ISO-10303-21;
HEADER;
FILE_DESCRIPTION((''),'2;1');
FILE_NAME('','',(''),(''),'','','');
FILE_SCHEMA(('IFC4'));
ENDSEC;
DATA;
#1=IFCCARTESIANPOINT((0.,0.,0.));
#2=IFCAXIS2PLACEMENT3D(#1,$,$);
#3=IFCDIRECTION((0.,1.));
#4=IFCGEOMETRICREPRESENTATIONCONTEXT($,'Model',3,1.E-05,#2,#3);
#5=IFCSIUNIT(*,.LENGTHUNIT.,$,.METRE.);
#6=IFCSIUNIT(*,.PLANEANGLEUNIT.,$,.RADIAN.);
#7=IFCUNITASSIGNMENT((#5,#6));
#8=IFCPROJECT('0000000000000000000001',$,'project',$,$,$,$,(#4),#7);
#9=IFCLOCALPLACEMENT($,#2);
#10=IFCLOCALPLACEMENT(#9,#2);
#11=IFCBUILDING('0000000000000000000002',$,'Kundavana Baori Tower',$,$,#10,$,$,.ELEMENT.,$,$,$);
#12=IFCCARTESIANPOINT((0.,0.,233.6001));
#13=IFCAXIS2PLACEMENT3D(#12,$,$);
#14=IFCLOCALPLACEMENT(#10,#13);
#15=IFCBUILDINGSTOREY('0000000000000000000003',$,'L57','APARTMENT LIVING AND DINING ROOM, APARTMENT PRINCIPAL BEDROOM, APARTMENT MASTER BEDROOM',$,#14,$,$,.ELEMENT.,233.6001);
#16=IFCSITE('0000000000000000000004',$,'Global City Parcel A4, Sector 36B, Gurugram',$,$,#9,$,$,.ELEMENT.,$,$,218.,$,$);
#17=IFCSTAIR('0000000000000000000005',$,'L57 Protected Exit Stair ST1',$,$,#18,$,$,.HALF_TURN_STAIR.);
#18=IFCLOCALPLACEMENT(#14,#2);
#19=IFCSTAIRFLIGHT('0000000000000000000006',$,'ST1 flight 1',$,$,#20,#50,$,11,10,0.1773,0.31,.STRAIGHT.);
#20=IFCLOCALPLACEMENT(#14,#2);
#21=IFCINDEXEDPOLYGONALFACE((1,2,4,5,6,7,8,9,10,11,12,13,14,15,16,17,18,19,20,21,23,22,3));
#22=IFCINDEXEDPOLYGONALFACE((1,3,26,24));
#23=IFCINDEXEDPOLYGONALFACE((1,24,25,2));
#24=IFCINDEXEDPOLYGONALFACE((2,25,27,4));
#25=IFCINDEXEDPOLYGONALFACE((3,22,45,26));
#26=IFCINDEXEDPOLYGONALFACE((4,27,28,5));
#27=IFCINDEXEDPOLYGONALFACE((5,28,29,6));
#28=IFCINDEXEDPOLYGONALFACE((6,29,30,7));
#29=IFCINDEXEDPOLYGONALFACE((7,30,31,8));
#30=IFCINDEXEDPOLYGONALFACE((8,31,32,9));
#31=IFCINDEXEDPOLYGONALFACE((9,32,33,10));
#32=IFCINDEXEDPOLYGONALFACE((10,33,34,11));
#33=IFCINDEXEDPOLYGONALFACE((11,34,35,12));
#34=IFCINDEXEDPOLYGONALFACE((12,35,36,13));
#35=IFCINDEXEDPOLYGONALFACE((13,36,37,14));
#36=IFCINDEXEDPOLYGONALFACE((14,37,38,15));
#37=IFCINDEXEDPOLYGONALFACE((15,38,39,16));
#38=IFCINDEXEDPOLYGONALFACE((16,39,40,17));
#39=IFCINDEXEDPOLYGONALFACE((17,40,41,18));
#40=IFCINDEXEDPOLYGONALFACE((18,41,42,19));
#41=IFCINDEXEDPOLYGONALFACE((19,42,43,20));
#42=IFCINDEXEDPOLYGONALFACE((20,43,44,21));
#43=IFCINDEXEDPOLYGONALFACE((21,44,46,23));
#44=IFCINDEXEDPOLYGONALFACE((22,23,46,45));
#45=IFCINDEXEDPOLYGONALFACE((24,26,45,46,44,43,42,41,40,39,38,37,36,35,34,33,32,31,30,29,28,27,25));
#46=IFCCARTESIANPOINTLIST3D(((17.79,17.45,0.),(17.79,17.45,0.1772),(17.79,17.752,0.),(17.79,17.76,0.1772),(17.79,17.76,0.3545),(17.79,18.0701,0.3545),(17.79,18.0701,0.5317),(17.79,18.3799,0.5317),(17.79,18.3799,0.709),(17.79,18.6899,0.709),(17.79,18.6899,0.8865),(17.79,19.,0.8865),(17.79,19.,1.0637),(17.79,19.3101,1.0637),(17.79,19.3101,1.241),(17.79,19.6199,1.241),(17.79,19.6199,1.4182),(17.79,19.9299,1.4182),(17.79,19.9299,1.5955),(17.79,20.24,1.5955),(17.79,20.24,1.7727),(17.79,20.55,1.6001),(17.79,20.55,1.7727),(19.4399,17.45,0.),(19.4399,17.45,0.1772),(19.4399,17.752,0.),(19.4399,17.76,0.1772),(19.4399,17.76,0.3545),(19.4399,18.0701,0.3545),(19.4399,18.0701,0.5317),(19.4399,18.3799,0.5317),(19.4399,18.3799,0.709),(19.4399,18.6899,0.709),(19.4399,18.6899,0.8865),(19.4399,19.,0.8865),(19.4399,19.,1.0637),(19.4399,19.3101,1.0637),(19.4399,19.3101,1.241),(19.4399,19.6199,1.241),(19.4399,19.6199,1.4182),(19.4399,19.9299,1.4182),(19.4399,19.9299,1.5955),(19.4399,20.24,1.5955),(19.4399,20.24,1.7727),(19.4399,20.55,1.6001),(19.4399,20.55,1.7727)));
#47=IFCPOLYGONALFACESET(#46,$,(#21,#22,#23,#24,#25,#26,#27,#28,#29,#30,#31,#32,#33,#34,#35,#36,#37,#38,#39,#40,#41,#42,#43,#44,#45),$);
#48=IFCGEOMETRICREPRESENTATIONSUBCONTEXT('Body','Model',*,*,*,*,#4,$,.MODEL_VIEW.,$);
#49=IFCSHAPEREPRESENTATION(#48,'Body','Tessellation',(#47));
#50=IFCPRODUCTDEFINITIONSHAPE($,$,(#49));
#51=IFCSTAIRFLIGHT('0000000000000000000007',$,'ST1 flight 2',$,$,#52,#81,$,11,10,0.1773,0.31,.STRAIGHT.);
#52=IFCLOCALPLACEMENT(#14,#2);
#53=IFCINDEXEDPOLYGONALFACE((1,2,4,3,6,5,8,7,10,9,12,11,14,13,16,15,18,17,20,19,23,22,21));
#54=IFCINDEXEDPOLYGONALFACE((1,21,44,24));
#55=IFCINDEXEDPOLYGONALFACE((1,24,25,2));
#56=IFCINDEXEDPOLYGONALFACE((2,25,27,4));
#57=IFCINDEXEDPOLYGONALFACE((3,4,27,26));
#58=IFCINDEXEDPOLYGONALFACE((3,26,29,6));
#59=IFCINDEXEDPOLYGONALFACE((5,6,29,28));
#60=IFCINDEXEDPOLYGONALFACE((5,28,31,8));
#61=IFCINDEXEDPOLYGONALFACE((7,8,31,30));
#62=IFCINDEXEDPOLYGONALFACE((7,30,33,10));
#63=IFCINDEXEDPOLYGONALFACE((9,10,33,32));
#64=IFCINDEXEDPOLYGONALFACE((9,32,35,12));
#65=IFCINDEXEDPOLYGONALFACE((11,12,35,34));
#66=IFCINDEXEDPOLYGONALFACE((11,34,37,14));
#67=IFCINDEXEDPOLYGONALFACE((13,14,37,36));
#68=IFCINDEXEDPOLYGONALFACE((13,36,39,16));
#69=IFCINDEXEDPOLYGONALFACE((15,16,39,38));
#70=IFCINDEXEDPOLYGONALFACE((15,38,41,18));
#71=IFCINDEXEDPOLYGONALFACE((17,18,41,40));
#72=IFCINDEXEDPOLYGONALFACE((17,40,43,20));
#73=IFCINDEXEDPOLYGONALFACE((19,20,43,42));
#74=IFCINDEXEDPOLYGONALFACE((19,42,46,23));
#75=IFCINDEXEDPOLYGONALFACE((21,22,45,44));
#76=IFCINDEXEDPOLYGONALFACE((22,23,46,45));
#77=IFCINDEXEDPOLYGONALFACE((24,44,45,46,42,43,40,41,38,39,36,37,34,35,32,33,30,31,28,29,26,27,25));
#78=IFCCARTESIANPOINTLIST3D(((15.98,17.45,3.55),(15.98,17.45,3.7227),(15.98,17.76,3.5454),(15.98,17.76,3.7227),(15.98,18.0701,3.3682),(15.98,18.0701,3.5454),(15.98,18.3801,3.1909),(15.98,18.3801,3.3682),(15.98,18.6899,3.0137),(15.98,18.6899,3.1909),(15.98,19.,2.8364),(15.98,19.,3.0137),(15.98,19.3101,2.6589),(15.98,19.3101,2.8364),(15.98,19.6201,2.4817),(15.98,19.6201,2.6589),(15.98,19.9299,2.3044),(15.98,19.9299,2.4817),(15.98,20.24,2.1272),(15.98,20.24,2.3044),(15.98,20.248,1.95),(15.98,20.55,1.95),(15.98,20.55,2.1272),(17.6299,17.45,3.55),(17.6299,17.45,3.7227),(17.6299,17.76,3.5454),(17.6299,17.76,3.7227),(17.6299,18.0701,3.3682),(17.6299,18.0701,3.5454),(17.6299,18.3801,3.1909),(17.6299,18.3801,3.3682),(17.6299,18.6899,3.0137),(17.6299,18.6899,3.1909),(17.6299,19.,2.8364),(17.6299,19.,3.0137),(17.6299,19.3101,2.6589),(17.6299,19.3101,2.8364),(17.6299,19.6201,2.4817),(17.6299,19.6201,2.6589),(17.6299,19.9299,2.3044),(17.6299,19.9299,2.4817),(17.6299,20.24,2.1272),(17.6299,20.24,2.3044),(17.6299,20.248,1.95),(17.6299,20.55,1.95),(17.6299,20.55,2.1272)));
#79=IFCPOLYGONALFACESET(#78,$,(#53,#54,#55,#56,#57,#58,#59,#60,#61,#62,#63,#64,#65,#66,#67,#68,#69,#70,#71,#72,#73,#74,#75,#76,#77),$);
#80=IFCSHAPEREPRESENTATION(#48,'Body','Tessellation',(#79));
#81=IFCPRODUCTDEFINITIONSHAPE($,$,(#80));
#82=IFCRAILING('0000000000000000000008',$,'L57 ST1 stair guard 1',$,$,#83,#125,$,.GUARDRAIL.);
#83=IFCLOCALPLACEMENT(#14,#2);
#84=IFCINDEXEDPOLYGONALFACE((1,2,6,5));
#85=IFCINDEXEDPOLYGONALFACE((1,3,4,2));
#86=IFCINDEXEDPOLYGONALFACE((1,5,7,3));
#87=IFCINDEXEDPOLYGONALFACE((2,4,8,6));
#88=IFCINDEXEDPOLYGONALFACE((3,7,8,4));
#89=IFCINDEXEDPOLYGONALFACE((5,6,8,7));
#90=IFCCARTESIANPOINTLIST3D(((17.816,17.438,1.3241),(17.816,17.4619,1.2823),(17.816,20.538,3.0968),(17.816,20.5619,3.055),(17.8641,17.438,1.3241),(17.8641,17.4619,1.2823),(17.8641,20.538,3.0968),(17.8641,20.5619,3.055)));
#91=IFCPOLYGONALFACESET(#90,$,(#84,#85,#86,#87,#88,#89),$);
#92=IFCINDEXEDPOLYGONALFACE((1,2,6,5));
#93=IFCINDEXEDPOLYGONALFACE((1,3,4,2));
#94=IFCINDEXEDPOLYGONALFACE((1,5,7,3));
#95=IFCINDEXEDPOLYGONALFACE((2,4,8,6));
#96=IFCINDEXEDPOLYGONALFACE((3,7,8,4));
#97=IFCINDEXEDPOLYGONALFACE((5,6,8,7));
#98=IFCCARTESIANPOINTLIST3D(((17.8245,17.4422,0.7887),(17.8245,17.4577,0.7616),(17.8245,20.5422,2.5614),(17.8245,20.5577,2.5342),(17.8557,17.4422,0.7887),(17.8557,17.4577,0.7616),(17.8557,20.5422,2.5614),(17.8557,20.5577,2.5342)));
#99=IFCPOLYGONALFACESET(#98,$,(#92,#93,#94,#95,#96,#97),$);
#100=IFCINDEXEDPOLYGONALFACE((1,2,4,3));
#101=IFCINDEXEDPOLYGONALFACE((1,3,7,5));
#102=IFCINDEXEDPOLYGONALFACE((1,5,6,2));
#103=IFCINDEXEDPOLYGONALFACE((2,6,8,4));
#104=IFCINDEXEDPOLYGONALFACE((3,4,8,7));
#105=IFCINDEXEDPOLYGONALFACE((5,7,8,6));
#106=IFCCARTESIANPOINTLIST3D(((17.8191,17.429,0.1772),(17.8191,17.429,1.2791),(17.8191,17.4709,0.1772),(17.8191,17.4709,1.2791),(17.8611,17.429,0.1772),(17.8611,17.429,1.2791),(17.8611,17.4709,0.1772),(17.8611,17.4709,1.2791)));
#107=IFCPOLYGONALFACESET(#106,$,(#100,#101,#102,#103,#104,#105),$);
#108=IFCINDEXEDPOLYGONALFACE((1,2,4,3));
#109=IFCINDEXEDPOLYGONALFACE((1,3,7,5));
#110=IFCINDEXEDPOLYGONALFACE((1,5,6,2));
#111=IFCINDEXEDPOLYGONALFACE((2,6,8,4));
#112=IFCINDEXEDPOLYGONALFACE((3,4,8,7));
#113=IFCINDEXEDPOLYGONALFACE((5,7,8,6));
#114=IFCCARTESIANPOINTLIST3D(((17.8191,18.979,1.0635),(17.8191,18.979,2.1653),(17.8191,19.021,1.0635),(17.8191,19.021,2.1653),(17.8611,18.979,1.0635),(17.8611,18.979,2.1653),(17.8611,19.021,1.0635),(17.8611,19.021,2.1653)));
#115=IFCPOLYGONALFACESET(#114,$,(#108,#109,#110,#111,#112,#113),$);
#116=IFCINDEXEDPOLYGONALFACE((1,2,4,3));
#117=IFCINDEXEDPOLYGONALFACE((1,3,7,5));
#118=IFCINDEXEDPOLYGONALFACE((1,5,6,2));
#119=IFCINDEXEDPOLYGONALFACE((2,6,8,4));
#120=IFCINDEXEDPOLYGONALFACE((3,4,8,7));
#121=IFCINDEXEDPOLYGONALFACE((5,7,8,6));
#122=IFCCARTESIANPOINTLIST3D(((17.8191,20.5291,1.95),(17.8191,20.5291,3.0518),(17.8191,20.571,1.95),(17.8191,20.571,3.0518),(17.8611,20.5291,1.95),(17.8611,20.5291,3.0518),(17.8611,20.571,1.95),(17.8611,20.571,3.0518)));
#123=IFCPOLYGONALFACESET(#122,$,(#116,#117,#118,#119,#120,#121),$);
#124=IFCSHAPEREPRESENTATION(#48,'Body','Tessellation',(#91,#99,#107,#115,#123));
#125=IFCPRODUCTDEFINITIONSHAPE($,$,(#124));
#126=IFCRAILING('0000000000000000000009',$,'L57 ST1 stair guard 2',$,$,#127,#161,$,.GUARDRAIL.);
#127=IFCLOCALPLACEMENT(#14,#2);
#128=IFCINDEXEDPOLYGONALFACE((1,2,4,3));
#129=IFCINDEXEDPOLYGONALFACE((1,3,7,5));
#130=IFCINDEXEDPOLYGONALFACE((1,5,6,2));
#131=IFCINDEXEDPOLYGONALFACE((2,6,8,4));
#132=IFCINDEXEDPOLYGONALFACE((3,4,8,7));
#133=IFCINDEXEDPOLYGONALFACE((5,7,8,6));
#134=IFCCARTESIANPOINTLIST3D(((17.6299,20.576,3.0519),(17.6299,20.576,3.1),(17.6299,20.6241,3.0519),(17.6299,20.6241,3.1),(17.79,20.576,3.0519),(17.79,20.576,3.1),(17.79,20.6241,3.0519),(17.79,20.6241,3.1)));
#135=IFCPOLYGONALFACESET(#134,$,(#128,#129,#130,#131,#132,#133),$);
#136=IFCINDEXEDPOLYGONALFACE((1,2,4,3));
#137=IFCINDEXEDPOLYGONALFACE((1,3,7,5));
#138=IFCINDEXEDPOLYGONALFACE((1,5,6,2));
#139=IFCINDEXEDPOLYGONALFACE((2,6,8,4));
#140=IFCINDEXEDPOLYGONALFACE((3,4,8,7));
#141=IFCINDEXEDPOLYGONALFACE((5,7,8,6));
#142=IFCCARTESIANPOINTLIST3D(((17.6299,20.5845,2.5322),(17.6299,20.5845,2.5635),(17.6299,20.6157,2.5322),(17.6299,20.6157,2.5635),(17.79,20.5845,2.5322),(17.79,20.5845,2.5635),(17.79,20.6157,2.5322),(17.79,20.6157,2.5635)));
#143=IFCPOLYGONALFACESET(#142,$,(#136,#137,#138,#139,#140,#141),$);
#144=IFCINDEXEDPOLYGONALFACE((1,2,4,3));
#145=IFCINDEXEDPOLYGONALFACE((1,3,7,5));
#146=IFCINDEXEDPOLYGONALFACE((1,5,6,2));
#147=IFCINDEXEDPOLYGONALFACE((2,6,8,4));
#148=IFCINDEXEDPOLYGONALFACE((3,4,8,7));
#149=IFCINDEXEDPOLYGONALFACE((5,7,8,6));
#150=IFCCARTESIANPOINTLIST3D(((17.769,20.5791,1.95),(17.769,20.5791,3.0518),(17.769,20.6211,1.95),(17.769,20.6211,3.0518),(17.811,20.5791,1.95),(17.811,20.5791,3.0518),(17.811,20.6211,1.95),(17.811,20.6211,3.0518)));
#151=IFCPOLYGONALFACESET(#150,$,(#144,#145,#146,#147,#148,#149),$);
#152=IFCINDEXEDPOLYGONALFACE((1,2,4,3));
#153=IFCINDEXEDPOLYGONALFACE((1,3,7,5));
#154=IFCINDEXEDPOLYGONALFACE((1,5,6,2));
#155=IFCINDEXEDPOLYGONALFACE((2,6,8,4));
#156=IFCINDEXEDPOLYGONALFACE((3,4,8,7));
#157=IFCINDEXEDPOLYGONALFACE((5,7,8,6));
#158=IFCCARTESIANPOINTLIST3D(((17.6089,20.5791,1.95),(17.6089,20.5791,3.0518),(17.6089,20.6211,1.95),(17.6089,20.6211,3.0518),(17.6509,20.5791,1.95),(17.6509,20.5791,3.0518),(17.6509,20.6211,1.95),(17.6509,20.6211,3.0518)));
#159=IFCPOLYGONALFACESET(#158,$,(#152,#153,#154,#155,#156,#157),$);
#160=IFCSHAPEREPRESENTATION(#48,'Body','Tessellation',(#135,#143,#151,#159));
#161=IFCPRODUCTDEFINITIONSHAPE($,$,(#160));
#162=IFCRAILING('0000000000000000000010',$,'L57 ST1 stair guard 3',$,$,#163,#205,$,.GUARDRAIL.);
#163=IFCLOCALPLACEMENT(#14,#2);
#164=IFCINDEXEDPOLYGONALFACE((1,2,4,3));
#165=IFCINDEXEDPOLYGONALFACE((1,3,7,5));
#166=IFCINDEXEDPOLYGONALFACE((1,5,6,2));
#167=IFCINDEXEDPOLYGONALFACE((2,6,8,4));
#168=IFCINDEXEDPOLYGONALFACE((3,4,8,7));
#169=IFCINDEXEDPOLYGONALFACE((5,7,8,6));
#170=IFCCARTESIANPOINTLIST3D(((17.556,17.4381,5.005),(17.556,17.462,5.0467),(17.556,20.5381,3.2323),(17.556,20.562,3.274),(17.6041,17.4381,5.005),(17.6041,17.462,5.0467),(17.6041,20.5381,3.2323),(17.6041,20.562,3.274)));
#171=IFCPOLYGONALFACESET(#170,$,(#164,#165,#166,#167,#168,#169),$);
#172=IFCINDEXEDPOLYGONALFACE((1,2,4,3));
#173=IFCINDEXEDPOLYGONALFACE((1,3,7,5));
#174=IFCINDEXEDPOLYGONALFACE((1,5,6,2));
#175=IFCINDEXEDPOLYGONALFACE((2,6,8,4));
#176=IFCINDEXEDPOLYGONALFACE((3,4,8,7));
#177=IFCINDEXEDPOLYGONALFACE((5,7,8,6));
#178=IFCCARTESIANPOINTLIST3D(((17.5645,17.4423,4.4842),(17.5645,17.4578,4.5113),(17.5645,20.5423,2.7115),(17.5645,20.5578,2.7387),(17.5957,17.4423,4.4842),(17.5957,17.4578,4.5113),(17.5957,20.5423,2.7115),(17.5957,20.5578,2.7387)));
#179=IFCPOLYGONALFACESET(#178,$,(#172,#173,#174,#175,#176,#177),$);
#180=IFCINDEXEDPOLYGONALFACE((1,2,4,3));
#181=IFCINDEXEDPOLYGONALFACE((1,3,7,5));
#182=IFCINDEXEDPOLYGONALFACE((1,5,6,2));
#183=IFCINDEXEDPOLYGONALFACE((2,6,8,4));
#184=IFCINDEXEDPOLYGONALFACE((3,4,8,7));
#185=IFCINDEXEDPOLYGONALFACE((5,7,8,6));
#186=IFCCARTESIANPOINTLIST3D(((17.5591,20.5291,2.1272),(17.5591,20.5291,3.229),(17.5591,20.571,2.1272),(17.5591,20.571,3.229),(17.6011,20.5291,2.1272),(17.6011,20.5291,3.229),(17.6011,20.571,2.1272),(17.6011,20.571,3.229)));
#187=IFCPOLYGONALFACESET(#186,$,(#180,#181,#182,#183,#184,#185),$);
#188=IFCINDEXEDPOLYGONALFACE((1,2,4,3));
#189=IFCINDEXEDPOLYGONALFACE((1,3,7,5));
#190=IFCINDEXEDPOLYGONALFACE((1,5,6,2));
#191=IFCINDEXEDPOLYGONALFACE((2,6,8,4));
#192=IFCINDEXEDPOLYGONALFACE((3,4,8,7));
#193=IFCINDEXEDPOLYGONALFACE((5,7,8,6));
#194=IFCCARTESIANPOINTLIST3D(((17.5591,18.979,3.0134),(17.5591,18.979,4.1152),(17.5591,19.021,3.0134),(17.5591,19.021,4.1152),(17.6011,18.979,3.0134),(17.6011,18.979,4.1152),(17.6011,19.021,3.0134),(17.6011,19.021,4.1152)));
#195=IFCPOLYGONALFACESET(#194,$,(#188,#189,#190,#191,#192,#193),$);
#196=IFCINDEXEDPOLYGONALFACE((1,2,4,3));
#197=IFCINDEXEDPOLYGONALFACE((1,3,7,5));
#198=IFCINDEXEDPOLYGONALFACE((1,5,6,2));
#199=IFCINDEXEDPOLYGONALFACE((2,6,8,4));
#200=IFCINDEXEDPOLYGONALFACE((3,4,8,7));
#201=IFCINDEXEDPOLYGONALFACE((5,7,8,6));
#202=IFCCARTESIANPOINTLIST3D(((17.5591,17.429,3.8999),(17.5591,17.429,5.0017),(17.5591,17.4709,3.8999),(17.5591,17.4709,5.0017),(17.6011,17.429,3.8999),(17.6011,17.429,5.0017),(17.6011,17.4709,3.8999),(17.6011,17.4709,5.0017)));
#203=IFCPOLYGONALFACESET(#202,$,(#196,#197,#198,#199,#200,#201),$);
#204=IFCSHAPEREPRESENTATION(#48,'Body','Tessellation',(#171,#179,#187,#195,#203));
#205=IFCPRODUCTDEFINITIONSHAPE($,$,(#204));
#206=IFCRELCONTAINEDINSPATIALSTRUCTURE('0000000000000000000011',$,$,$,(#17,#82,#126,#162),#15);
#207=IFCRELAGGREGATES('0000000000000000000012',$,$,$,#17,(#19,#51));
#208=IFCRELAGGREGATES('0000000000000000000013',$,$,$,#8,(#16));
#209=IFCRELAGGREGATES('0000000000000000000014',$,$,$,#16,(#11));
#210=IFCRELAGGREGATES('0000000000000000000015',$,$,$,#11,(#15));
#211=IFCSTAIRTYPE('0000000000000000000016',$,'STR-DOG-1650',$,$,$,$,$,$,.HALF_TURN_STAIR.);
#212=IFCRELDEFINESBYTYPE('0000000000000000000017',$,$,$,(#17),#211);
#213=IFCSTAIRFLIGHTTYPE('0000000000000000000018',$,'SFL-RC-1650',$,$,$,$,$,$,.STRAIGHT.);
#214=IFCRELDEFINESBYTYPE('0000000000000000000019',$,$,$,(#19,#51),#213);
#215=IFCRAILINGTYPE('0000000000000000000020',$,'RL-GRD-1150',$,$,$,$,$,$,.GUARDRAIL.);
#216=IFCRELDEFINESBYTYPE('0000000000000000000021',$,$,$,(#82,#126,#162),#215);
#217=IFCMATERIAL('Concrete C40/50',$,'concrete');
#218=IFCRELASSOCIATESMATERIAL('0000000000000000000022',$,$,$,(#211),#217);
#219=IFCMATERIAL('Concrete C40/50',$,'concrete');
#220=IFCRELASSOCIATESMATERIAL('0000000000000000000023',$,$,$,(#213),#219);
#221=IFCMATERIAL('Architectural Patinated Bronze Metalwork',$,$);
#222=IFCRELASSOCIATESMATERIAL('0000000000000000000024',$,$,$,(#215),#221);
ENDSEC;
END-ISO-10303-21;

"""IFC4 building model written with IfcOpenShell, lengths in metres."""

from ifc_helpers import new_model, si_unit, direction, frame, origin, origin_2d, place, context, subcontext, project, spatial, polyline, rectangle, outline, extrude, material, type_object, element, aggregate, save


model = new_model("IFC4")

# Units and contexts
model_context = context("Model", 3, precision=1e-05, world=origin(), true_north=direction((0.0, 1.0)))
body_context = subcontext(model_context, "Body", "Model", "MODEL_VIEW")
ifc_project = project(units=[si_unit("LENGTHUNIT", "METRE"), si_unit("PLANEANGLEUNIT", "RADIAN")], contexts=[model_context])

# Site, building, storey
site_placement = place(None, origin())
site = spatial("IfcSite", under=ifc_project, at=site_placement, Name="Global City Parcel A4, Sector 36B, Gurugram", CompositionType="ELEMENT", RefElevation=218.0)
building_placement = place(site_placement, origin())
building = spatial("IfcBuilding", under=site, at=building_placement, Name="Kundavana Baori Tower", CompositionType="ELEMENT")
storey_placement = place(building_placement, frame((0.0, 0.0, 233.6001)))
storey = spatial("IfcBuildingStorey", under=building, at=storey_placement, Name="L57", Description="APARTMENT LIVING AND DINING ROOM, APARTMENT PRINCIPAL BEDROOM, APARTMENT MASTER BEDROOM", CompositionType="ELEMENT", Elevation=233.6001)

# Stair, stair flights
ifc_material_1 = material(Name="Concrete C40/50", Category="concrete")
stair_type = type_object("IfcStairType", Name="STR-DOG-1650", PredefinedType="HALF_TURN_STAIR", material=ifc_material_1)
stair_placement = place(storey_placement, origin())
stair = element("IfcStair", 1, at=stair_placement, inside=storey, type_object=stair_type, Name="L57 Protected Exit Stair ST1", PredefinedType="HALF_TURN_STAIR")
ifc_material_2 = material(Name="Concrete C40/50", Category="concrete")
stair_flight_type = type_object("IfcStairFlightType", Name="SFL-RC-1650", PredefinedType="STRAIGHT", material=ifc_material_2)
stair_flight_1_placement = place(storey_placement, frame((18.615, 17.45, 0.0), z_axis=(0.0, 0.0, 1.0), x_axis=(0.0, 1.0, 0.0)))
stair_flight_1 = element("IfcStairFlight", 2, at=stair_flight_1_placement, type_object=stair_flight_type, Name="ST1 flight 1", NumberOfRisers=11, NumberOfTreads=10, PredefinedType="STRAIGHT", RiserHeight=0.1773, TreadLength=0.31, context=body_context, shape_type="SweptSolid", body=[
    extrude(outline(polyline([(0.0, 0.0), (0.0, 0.1772), (0.3101, 0.1772), (0.3101, 0.3545), (0.6201, 0.3545), (0.6201, 0.5317), (0.9299, 0.5317), (0.9299, 0.709), (1.24, 0.709), (1.24, 0.8865), (1.55, 0.8865), (1.55, 1.0637), (1.8601, 1.0637), (1.8601, 1.241), (2.1699, 1.241), (2.1699, 1.4182), (2.48, 1.4182), (2.48, 1.5955), (2.79, 1.5955), (2.79, 1.7727), (3.1001, 1.7727), (3.1001, 1.95), (3.1001, 1.6001), (0.302, 0.0), (0.0, 0.0)])), frame((0.0, 0.825, 0.0), z_axis=(0.0, -1.0, 0.0), x_axis=(1.0, 0.0, 0.0)), (0.0, 0.0, 1.0), 1.6499),
])
stair_flight_2_placement = place(storey_placement, frame((16.8049, 20.55, 1.95), z_axis=(0.0, 0.0, 1.0), x_axis=(0.0, -1.0, 0.0)))
stair_flight_2 = element("IfcStairFlight", 3, at=stair_flight_2_placement, type_object=stair_flight_type, Name="ST1 flight 2", NumberOfRisers=11, NumberOfTreads=10, PredefinedType="STRAIGHT", RiserHeight=0.1773, TreadLength=0.31, context=body_context, shape_type="SweptSolid", body=[
    extrude(outline(polyline([(0.0, 0.0), (0.0, 0.1772), (0.3101, 0.1772), (0.3101, 0.3545), (0.6201, 0.3545), (0.6201, 0.5317), (0.9299, 0.5317), (0.9299, 0.709), (1.24, 0.709), (1.24, 0.8865), (1.55, 0.8865), (1.55, 1.0637), (1.8601, 1.0637), (1.8601, 1.241), (2.1699, 1.241), (2.1699, 1.4182), (2.48, 1.4182), (2.48, 1.5955), (2.79, 1.5955), (2.79, 1.7727), (3.1001, 1.7727), (3.1001, 1.95), (3.1001, 1.6001), (0.302, 0.0), (0.0, 0.0)])), frame((0.0, 0.825, 0.0), z_axis=(0.0, -1.0, 0.0), x_axis=(1.0, 0.0, 0.0)), (0.0, 0.0, 1.0), 1.6499),
])
aggregate(stair, [stair_flight_1, stair_flight_2])

# Railings
ifc_material_3 = material(Name="Architectural Patinated Bronze Metalwork")
railing_type_1 = type_object("IfcRailingType", Name="RL-GRD-1150", PredefinedType="GUARDRAIL", material=ifc_material_3)
railing_1_placement = place(storey_placement, frame((17.8401, 17.45, 0.1772)))
element("IfcRailing", 4, at=railing_1_placement, inside=storey, type_object=railing_type_1, Name="L57 ST1 stair guard 1", PredefinedType="GUARDRAIL", context=body_context, shape_type="SweptSolid", body=[
    extrude(rectangle(XDim=0.0481, YDim=0.0481, at=origin_2d()), frame((0.0, 0.0, 1.126), z_axis=(0.0, 0.868096, 0.496397), x_axis=(-1.0, 0.0, 0.0)), (0.0, 0.0, 1.0), 3.571),
    extrude(rectangle(XDim=0.0312, YDim=0.0312, at=origin_2d()), frame((0.0, 0.0, 0.5979), z_axis=(0.0, 0.868096, 0.496397), x_axis=(-1.0, 0.0, 0.0)), (0.0, 0.0, 1.0), 3.571),
    extrude(rectangle(XDim=0.042, YDim=0.042, at=origin_2d()), origin(), (0.0, 0.0, 1.0), 1.1018),
    extrude(rectangle(XDim=0.042, YDim=0.042, at=origin_2d()), frame((0.0, 1.55, 0.8862)), (0.0, 0.0, 1.0), 1.1018),
    extrude(rectangle(XDim=0.042, YDim=0.042, at=origin_2d()), frame((0.0, 3.1001, 1.7727)), (0.0, 0.0, 1.0), 1.1018),
])
railing_2_placement = place(storey_placement, frame((17.79, 20.6001, 1.95)))
element("IfcRailing", 5, at=railing_2_placement, inside=storey, type_object=railing_type_1, Name="L57 ST1 stair guard 2", PredefinedType="GUARDRAIL", context=body_context, shape_type="SweptSolid", body=[
    extrude(rectangle(XDim=0.0481, YDim=0.0481, at=origin_2d()), frame((0.0, 0.0, 1.126), z_axis=(-1.0, 0.0, 0.0), x_axis=(0.0, -1.0, 0.0)), (0.0, 0.0, 1.0), 0.1602),
    extrude(rectangle(XDim=0.0312, YDim=0.0312, at=origin_2d()), frame((0.0, 0.0, 0.5979), z_axis=(-1.0, 0.0, 0.0), x_axis=(0.0, -1.0, 0.0)), (0.0, 0.0, 1.0), 0.1602),
    extrude(rectangle(XDim=0.042, YDim=0.042, at=origin_2d()), origin(), (0.0, 0.0, 1.0), 1.1018),
    extrude(rectangle(XDim=0.042, YDim=0.042, at=origin_2d()), frame((-0.1602, 0.0, 0.0)), (0.0, 0.0, 1.0), 1.1018),
])
railing_3_placement = place(storey_placement, frame((17.5801, 20.55, 2.1272)))
element("IfcRailing", 6, at=railing_3_placement, inside=storey, type_object=railing_type_1, Name="L57 ST1 stair guard 3", PredefinedType="GUARDRAIL", context=body_context, shape_type="SweptSolid", body=[
    extrude(rectangle(XDim=0.0481, YDim=0.0481, at=origin_2d()), frame((0.0, 0.0, 1.126), z_axis=(0.0, -0.868096, 0.496397), x_axis=(1.0, 0.0, 0.0)), (0.0, 0.0, 1.0), 3.571),
    extrude(rectangle(XDim=0.0312, YDim=0.0312, at=origin_2d()), frame((0.0, 0.0, 0.5979), z_axis=(0.0, -0.868096, 0.496397), x_axis=(1.0, 0.0, 0.0)), (0.0, 0.0, 1.0), 3.571),
    extrude(rectangle(XDim=0.042, YDim=0.042, at=origin_2d()), origin(), (0.0, 0.0, 1.0), 1.1018),
    extrude(rectangle(XDim=0.042, YDim=0.042, at=origin_2d()), frame((0.0, -1.55, 0.8862)), (0.0, 0.0, 1.0), 1.1018),
    extrude(rectangle(XDim=0.042, YDim=0.042, at=origin_2d()), frame((0.0, -3.1001, 1.7727)), (0.0, 0.0, 1.0), 1.1018),
])

save(model, "model.ifc")
